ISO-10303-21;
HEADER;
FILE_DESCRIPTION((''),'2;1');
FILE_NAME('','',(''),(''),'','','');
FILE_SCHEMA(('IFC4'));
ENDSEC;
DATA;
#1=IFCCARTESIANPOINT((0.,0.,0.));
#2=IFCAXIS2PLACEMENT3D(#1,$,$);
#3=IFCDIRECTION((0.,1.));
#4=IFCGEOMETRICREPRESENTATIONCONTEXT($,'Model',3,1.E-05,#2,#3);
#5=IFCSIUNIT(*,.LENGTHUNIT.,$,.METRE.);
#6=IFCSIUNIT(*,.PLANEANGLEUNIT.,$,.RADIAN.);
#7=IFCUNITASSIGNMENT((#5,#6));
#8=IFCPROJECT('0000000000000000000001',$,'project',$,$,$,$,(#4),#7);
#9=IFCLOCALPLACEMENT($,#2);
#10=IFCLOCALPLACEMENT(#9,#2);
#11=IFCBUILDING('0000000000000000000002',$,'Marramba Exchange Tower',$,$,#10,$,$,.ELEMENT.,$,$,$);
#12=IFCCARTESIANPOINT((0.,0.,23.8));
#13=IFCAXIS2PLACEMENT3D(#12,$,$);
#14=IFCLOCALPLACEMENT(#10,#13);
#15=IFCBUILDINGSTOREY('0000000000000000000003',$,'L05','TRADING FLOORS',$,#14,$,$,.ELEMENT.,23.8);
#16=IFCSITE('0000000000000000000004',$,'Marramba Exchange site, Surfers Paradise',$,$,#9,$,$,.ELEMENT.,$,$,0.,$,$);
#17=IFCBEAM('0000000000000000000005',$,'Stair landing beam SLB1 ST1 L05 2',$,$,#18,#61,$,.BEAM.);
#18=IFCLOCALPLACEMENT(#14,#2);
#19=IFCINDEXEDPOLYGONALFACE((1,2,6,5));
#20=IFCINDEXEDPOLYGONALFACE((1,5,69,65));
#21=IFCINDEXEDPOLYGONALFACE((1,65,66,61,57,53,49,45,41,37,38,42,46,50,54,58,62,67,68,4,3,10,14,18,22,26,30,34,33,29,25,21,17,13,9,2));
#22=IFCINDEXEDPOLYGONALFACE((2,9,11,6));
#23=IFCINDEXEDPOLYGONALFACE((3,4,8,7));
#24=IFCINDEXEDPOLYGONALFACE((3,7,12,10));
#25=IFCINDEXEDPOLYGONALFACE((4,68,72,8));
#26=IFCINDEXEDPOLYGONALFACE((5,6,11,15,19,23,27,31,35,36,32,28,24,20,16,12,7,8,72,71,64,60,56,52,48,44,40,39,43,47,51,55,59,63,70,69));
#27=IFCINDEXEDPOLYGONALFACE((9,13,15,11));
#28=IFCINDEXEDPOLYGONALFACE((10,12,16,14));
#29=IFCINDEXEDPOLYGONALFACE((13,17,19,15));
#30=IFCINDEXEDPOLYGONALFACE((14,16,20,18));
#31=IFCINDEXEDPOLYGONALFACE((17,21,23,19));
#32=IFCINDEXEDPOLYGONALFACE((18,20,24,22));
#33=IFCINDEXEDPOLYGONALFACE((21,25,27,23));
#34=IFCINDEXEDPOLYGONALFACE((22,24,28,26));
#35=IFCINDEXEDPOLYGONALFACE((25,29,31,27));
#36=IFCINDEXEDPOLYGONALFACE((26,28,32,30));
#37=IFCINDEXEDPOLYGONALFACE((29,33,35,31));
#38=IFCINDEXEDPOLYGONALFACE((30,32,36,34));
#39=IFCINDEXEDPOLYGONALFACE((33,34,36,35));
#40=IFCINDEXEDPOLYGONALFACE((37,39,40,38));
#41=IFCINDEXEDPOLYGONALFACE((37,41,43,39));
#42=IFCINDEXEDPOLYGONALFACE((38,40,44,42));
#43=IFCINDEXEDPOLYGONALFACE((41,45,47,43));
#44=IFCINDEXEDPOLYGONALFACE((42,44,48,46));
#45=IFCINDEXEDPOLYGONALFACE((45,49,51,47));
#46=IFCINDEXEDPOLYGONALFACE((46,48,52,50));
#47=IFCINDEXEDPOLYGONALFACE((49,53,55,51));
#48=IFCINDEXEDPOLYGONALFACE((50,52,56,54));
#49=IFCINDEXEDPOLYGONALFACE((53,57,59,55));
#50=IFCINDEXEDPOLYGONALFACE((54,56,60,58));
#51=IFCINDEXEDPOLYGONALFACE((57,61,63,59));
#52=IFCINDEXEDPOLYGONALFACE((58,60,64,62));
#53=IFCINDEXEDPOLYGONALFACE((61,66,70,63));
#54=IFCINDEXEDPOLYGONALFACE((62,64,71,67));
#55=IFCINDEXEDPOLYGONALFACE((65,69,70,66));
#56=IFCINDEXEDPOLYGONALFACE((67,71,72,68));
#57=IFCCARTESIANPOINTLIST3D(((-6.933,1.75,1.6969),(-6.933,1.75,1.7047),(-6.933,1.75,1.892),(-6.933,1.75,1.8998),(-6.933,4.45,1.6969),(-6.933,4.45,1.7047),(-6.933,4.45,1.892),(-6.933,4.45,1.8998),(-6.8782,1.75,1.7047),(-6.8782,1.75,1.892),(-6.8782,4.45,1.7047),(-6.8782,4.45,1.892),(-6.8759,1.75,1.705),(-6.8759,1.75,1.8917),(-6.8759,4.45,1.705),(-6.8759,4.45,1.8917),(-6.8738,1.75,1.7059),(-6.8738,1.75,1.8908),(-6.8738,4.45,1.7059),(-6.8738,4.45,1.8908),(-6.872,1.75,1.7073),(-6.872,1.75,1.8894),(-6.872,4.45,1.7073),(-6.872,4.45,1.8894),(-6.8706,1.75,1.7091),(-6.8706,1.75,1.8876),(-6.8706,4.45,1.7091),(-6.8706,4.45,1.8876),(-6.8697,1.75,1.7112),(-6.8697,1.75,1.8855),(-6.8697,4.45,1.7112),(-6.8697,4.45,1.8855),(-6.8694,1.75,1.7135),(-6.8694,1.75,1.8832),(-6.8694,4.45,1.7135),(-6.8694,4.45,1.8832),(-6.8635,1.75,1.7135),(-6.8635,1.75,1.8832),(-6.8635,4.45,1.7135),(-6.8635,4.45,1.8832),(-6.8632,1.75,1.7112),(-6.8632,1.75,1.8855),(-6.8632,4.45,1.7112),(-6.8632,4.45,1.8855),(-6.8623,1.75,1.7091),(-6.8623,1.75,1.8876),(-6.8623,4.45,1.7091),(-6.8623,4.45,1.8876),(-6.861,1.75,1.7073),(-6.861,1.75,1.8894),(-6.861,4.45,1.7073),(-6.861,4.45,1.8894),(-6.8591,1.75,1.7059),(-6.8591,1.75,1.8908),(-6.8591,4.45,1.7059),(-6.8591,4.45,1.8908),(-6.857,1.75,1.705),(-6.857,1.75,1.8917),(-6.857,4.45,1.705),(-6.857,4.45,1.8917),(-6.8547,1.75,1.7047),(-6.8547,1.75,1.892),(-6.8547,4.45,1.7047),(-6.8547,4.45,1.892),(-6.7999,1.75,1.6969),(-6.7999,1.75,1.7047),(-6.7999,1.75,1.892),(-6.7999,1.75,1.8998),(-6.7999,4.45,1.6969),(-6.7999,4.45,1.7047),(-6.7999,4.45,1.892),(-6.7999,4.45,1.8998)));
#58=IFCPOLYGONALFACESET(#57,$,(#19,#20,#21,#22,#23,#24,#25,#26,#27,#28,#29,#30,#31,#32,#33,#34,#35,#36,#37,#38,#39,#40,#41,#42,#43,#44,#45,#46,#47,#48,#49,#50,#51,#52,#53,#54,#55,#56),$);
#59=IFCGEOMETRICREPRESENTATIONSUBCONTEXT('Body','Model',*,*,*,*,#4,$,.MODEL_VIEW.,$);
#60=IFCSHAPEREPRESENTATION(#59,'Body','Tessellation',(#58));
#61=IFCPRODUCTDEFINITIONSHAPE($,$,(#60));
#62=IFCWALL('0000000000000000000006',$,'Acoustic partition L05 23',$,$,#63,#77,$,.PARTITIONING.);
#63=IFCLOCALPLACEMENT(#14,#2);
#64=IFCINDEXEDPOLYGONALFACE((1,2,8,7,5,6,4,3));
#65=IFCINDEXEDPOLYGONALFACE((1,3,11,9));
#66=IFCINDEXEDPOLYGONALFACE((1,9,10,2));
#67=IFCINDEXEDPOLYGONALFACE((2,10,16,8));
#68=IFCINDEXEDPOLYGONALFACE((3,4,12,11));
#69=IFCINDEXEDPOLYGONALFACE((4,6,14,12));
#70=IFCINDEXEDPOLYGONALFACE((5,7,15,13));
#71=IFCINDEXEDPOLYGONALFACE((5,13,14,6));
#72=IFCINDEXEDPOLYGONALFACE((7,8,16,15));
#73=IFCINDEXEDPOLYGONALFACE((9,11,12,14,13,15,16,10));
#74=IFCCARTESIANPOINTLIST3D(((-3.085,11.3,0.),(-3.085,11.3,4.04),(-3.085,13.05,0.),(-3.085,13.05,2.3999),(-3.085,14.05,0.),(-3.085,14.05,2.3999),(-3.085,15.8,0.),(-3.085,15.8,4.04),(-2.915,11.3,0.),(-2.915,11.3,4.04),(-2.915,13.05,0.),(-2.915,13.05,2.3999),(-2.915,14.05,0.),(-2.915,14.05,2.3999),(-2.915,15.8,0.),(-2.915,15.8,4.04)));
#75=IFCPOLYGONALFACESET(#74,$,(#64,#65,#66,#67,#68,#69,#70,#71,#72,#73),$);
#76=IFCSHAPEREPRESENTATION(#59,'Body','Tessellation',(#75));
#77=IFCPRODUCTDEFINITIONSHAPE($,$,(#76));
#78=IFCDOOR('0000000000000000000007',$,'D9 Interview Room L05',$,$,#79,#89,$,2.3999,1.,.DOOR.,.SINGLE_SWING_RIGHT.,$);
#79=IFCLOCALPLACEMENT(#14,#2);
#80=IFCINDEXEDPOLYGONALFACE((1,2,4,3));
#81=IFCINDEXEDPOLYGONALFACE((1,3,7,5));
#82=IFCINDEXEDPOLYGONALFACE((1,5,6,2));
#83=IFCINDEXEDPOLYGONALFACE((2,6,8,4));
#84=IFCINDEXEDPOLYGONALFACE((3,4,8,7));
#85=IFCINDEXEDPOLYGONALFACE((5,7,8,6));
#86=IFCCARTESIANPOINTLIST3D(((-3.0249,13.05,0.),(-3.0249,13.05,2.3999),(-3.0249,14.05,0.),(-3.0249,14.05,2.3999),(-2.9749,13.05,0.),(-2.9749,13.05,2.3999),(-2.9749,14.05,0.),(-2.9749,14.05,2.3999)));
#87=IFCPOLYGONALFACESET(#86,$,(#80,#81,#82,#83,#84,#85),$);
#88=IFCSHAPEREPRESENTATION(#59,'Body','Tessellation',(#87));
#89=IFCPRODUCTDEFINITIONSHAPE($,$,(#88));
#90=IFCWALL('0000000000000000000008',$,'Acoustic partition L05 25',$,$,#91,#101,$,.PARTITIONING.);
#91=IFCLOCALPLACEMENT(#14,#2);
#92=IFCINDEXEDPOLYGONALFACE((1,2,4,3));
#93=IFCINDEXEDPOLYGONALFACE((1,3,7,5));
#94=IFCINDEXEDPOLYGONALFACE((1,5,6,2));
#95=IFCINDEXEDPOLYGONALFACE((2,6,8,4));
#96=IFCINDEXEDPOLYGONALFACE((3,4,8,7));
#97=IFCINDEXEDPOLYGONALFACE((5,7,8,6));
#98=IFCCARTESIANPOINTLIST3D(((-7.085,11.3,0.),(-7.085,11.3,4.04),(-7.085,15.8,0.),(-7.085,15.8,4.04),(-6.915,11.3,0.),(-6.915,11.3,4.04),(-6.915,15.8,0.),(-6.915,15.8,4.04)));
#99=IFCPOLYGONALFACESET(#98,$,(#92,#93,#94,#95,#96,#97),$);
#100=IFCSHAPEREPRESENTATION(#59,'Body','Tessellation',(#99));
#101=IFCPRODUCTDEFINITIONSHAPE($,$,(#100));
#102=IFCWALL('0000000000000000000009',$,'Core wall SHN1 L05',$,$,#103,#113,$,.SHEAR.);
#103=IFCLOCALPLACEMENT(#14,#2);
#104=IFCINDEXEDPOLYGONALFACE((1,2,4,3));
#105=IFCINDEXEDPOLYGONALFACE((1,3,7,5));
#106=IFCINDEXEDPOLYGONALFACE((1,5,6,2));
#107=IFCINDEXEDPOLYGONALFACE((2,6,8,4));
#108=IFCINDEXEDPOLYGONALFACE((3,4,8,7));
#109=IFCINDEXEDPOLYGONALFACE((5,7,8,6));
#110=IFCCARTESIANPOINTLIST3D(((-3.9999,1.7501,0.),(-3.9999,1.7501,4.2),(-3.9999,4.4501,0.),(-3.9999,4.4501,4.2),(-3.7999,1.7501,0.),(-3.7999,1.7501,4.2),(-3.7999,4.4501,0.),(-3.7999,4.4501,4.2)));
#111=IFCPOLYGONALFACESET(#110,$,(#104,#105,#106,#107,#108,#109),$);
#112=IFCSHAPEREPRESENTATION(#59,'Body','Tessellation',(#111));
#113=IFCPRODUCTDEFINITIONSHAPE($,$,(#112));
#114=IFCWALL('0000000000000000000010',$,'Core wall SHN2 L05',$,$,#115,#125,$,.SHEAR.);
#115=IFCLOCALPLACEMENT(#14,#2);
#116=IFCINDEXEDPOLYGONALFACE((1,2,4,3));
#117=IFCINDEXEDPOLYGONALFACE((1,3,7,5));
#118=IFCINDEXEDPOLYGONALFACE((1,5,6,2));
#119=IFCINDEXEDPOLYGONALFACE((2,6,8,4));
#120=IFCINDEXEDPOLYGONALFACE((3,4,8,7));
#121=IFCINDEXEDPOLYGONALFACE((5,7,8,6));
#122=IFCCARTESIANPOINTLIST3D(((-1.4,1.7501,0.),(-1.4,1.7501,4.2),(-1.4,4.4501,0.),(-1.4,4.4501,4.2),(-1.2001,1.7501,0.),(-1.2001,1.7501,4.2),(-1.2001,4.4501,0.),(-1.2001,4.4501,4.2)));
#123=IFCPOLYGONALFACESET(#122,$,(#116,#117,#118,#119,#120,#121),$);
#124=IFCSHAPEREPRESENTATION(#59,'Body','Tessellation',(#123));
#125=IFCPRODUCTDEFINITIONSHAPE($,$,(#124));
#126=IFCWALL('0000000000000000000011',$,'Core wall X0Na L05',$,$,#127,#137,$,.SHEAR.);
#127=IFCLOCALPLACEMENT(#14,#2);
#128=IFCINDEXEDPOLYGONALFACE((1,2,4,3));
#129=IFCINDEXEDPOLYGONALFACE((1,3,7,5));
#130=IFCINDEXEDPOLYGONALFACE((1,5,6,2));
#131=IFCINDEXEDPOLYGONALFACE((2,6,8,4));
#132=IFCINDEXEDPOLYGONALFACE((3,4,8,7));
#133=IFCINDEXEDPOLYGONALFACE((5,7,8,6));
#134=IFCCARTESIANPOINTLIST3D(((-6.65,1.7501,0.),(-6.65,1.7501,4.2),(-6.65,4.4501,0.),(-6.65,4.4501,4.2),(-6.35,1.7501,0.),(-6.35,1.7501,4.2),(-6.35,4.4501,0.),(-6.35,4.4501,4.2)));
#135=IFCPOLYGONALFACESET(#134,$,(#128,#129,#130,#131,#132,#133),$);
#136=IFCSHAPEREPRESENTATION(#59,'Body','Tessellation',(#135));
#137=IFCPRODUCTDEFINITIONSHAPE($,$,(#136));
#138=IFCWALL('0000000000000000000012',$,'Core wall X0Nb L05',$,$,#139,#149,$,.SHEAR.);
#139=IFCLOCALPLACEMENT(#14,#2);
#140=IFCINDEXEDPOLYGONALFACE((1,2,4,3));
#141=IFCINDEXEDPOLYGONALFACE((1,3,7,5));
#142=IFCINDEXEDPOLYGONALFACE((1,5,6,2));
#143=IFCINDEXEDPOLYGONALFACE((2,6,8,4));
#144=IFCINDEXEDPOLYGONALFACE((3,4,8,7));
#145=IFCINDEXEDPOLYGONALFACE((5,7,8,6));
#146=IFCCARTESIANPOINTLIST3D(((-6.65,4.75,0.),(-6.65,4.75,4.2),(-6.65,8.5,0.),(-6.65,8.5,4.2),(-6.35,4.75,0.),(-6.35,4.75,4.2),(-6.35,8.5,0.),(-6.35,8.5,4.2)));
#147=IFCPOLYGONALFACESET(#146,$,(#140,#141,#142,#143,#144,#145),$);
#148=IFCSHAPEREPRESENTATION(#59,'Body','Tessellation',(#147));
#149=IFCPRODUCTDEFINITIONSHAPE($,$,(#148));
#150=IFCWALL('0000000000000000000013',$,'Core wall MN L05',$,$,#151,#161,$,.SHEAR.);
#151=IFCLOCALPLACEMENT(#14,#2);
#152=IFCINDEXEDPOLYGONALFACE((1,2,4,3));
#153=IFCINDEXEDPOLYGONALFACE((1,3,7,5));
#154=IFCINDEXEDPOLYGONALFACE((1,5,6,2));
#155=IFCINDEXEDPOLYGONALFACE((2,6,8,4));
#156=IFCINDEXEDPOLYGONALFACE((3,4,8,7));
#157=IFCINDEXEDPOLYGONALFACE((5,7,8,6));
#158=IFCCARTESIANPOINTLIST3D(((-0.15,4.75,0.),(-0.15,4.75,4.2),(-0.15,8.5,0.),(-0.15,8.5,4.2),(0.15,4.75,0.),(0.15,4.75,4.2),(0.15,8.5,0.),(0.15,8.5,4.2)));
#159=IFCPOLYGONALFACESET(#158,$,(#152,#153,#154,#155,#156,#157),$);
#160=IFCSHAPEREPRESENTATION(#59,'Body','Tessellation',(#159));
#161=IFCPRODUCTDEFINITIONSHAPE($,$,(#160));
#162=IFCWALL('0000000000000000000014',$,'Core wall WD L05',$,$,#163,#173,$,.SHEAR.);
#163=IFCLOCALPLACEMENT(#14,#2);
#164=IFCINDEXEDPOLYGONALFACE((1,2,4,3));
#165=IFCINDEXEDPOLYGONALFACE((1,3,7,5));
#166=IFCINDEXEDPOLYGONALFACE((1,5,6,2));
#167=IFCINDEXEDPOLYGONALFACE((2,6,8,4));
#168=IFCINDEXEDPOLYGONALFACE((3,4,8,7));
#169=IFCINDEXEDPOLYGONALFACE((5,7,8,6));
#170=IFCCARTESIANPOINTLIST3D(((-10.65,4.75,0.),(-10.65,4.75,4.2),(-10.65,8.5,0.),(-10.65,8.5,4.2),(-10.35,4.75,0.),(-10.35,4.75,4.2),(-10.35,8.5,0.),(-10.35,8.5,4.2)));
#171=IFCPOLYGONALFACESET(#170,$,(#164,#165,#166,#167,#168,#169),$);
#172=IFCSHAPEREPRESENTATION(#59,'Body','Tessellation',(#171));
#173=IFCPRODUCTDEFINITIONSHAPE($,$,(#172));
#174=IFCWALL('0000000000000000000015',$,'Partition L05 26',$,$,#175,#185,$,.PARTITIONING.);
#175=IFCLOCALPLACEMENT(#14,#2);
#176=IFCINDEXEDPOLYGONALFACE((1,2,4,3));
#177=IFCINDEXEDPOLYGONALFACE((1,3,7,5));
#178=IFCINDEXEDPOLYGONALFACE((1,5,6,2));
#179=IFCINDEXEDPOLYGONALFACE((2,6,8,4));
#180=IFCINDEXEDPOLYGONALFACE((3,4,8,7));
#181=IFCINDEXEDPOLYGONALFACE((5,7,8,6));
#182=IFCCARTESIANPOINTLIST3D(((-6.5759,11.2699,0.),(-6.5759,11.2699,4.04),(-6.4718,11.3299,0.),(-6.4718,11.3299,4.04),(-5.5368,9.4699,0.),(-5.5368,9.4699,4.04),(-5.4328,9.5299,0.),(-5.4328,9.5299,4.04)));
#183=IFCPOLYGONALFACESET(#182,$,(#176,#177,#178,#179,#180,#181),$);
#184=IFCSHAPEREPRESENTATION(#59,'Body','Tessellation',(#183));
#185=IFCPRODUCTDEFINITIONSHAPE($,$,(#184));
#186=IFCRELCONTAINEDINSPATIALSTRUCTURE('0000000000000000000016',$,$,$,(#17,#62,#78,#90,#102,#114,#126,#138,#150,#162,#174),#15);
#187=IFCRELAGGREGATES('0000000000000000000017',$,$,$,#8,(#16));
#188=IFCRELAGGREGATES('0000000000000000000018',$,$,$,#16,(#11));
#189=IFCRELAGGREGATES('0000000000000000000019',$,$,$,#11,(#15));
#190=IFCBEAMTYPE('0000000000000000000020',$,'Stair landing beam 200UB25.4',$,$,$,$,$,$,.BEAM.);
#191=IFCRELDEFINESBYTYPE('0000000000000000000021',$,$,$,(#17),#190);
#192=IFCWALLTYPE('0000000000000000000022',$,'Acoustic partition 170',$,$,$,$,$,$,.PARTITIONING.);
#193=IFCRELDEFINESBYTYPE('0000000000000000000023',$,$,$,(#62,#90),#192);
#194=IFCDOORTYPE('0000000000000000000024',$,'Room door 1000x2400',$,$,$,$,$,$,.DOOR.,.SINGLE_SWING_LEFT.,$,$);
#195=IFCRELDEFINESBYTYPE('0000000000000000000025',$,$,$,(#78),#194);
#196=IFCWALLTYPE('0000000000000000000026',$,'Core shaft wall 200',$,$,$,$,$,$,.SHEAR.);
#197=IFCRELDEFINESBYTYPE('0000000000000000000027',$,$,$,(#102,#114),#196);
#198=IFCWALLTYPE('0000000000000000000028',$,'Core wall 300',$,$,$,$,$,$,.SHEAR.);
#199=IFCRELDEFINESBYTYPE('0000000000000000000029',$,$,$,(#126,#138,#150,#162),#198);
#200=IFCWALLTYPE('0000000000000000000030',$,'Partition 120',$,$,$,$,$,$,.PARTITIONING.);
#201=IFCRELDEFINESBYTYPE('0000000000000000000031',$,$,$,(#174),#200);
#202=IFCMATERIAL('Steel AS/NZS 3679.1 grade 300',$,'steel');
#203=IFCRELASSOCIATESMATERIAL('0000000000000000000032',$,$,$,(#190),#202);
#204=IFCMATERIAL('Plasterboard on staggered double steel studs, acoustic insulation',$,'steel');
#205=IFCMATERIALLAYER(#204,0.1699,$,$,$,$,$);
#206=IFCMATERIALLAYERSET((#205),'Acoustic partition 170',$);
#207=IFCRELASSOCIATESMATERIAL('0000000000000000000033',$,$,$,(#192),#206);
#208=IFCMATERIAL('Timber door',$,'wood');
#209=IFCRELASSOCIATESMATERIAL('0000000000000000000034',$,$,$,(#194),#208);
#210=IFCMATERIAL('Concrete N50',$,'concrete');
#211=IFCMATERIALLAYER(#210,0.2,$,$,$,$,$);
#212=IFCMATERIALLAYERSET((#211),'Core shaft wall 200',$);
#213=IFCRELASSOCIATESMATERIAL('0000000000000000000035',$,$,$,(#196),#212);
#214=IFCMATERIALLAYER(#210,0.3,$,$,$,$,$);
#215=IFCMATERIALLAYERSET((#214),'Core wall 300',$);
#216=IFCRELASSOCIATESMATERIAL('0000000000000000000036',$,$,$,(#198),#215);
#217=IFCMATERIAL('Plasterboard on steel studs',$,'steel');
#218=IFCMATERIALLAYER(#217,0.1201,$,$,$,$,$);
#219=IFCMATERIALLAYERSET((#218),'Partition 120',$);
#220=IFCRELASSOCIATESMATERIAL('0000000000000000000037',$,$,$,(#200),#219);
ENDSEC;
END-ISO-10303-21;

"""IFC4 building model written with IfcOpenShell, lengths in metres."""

from ifc_helpers import new_model, si_unit, direction, frame, frame_2d, origin, origin_2d, place, context, subcontext, project, spatial, rectangle, i_section, extrude, material, layer, layer_set, material_profile, profile_set, type_object, element, fill, save


model = new_model("IFC4")

# Units and contexts
model_context = context("Model", 3, precision=1e-05, world=origin(), true_north=direction((0.0, 1.0)))
body_context = subcontext(model_context, "Body", "Model", "MODEL_VIEW")
ifc_project = project(units=[si_unit("LENGTHUNIT", "METRE"), si_unit("PLANEANGLEUNIT", "RADIAN")], contexts=[model_context])

# Site, building, storey
site_placement = place(None, origin())
site = spatial("IfcSite", under=ifc_project, at=site_placement, Name="Marramba Exchange site, Surfers Paradise", CompositionType="ELEMENT", RefElevation=0.0)
building_placement = place(site_placement, origin())
building = spatial("IfcBuilding", under=site, at=building_placement, Name="Marramba Exchange Tower", CompositionType="ELEMENT")
storey_placement = place(building_placement, frame((0.0, 0.0, 23.8)))
storey = spatial("IfcBuildingStorey", under=building, at=storey_placement, Name="L05", Description="TRADING FLOORS", CompositionType="ELEMENT", Elevation=23.8)

# Beam
ifc_material_1 = material(Name="Steel AS/NZS 3679.1 grade 300", Category="steel")
ifc_material_profile_1 = material_profile(ifc_material_1, i_section(OverallWidth=0.1331, OverallDepth=0.2029, WebThickness=0.0059, FlangeThickness=0.0078, FilletRadius=0.0088, at=origin_2d()), Name="200UB25.4")
ifc_profile_set_1 = profile_set([ifc_material_profile_1], Name="Steel AS/NZS 3679.1 grade 300")
beam_type_1 = type_object("IfcBeamType", Name="Stair landing beam 200UB25.4", PredefinedType="BEAM", material=ifc_profile_set_1)
for number, where, z_axis, x_axis, name in (
    (1, (-6.8665, 1.75, 1.7983), (0.0, 1.0, 0.0), (-1.0, 0.0, 0.0), "Stair landing beam SLB1 ST1 L05 2"),
):
    element("IfcBeam", number, at=place(storey_placement, frame(where, z_axis=z_axis, x_axis=x_axis)), inside=storey, type_object=beam_type_1, Name=name, PredefinedType="BEAM", context=body_context, shape_type="SweptSolid", body=[
        extrude(i_section(OverallWidth=0.1331, OverallDepth=0.2029, WebThickness=0.0059, FlangeThickness=0.0078, FilletRadius=0.0088, at=origin_2d()), origin(), (0.0, 0.0, 1.0), 2.7),
    ])

# Wall, opening, door
ifc_material_2 = material(Name="Plasterboard on staggered double steel studs, acoustic insulation", Category="steel")
ifc_layer_1 = layer(ifc_material_2, 0.1699)
ifc_layer_set_1 = layer_set([ifc_layer_1], Name="Acoustic partition 170")
wall_type_1 = type_object("IfcWallType", Name="Acoustic partition 170", PredefinedType="PARTITIONING", material=ifc_layer_set_1)
wall_1_placement = place(storey_placement, frame((-3.0, 11.3, 0.0), z_axis=(0.0, 0.0, 1.0), x_axis=(0.0, 1.0, 0.0)))
wall_1 = element("IfcWall", 2, at=wall_1_placement, inside=storey, type_object=wall_type_1, Name="Acoustic partition L05 23", PredefinedType="PARTITIONING", context=body_context, shape_type="SweptSolid", body=[
    extrude(rectangle(XDim=4.5, YDim=0.1699, at=frame_2d((2.25, 0.0))), origin(), (0.0, 0.0, 1.0), 4.04),
])
opening_1_placement = place(wall_1_placement, frame((1.75, 0.0, 0.0)))
opening_1 = element("IfcOpeningElement", 3, at=opening_1_placement, cuts=wall_1, PredefinedType="OPENING", context=body_context, shape_type="SweptSolid", body=[
    extrude(rectangle(XDim=1.0, YDim=2.3999, at=frame_2d((0.5, 1.2))), frame((0.0, 0.095, 0.0), z_axis=(0.0, -1.0, 0.0), x_axis=(1.0, 0.0, 0.0)), (0.0, 0.0, 1.0), 0.1899),
])
ifc_material_3 = material(Name="Timber door", Category="wood")
door_type = type_object("IfcDoorType", Name="Room door 1000x2400", OperationType="SINGLE_SWING_LEFT", PredefinedType="DOOR", material=ifc_material_3)
door_1_placement = place(opening_1_placement, origin())
door_1 = element("IfcDoor", 4, at=door_1_placement, inside=storey, type_object=door_type, Name="D9 Interview Room L05", OperationType="SINGLE_SWING_RIGHT", OverallHeight=2.3999, OverallWidth=1.0, PredefinedType="DOOR", context=body_context, shape_type="SweptSolid", body=[
    extrude(rectangle(XDim=1.0, YDim=2.3999, at=frame_2d((0.5, 1.2))), frame((0.0, 0.0249, 0.0), z_axis=(0.0, -1.0, 0.0), x_axis=(1.0, 0.0, 0.0)), (0.0, 0.0, 1.0), 0.05),
])
fill(opening_1, door_1)

# Walls
wall_2_placement = place(storey_placement, frame((-7.0, 15.8, 0.0), z_axis=(0.0, 0.0, 1.0), x_axis=(0.0, -1.0, 0.0)))
element("IfcWall", 5, at=wall_2_placement, inside=storey, type_object=wall_type_1, Name="Acoustic partition L05 25", PredefinedType="PARTITIONING", context=body_context, shape_type="SweptSolid", body=[
    extrude(rectangle(XDim=4.5, YDim=0.1699, at=frame_2d((2.25, 0.0))), origin(), (0.0, 0.0, 1.0), 4.04),
])
ifc_material_4 = material(Name="Concrete N50", Category="concrete")
ifc_layer_2 = layer(ifc_material_4, 0.2)
ifc_layer_set_2 = layer_set([ifc_layer_2], Name="Core shaft wall 200")
wall_type_2 = type_object("IfcWallType", Name="Core shaft wall 200", PredefinedType="SHEAR", material=ifc_layer_set_2)
for number, where, z_axis, x_axis, name in (
    (6, (-3.8999, 1.75, 0.0), (0.0, 0.0, 1.0), (0.0, 1.0, 0.0), "Core wall SHN1 L05"),
    (7, (-1.3, 1.75, 0.0), (0.0, 0.0, 1.0), (0.0, 1.0, 0.0), "Core wall SHN2 L05"),
):
    element("IfcWall", number, at=place(storey_placement, frame(where, z_axis=z_axis, x_axis=x_axis)), inside=storey, type_object=wall_type_2, Name=name, PredefinedType="SHEAR", context=body_context, shape_type="SweptSolid", body=[
        extrude(rectangle(XDim=2.7, YDim=0.2, at=frame_2d((1.3501, 0.0))), origin(), (0.0, 0.0, 1.0), 4.2),
    ])
ifc_layer_3 = layer(ifc_material_4, 0.3)
ifc_layer_set_3 = layer_set([ifc_layer_3], Name="Core wall 300")
wall_type_3 = type_object("IfcWallType", Name="Core wall 300", PredefinedType="SHEAR", material=ifc_layer_set_3)
wall_3_placement = place(storey_placement, frame((-6.5, 1.75, 0.0), z_axis=(0.0, 0.0, 1.0), x_axis=(0.0, 1.0, 0.0)))
element("IfcWall", 8, at=wall_3_placement, inside=storey, type_object=wall_type_3, Name="Core wall X0Na L05", PredefinedType="SHEAR", context=body_context, shape_type="SweptSolid", body=[
    extrude(rectangle(XDim=2.7, YDim=0.3, at=frame_2d((1.3501, 0.0))), origin(), (0.0, 0.0, 1.0), 4.2),
])
for number, where, z_axis, x_axis, name in (
    (9, (-6.5, 4.75, 0.0), (0.0, 0.0, 1.0), (0.0, 1.0, 0.0), "Core wall X0Nb L05"),
    (10, (0.0, 4.75, 0.0), (0.0, 0.0, 1.0), (0.0, 1.0, 0.0), "Core wall MN L05"),
    (11, (-10.5, 4.75, 0.0), (0.0, 0.0, 1.0), (0.0, 1.0, 0.0), "Core wall WD L05"),
):
    element("IfcWall", number, at=place(storey_placement, frame(where, z_axis=z_axis, x_axis=x_axis)), inside=storey, type_object=wall_type_3, Name=name, PredefinedType="SHEAR", context=body_context, shape_type="SweptSolid", body=[
        extrude(rectangle(XDim=3.75, YDim=0.3, at=frame_2d((1.875, 0.0))), origin(), (0.0, 0.0, 1.0), 4.2),
    ])
ifc_material_5 = material(Name="Plasterboard on steel studs", Category="steel")
ifc_layer_4 = layer(ifc_material_5, 0.1201)
ifc_layer_set_4 = layer_set([ifc_layer_4], Name="Partition 120")
wall_type_4 = type_object("IfcWallType", Name="Partition 120", PredefinedType="PARTITIONING", material=ifc_layer_set_4)
wall_4_placement = place(storey_placement, frame((-5.4849, 9.5, 0.0), z_axis=(0.0, 0.0, 1.0), x_axis=(-0.499929, 0.866066, 0.0)))
element("IfcWall", 12, at=wall_4_placement, inside=storey, type_object=wall_type_4, Name="Partition L05 26", PredefinedType="PARTITIONING", context=body_context, shape_type="SweptSolid", body=[
    extrude(rectangle(XDim=2.0784, YDim=0.1201, at=frame_2d((1.0391, 0.0))), origin(), (0.0, 0.0, 1.0), 4.04),
])

save(model, "model.ifc")
